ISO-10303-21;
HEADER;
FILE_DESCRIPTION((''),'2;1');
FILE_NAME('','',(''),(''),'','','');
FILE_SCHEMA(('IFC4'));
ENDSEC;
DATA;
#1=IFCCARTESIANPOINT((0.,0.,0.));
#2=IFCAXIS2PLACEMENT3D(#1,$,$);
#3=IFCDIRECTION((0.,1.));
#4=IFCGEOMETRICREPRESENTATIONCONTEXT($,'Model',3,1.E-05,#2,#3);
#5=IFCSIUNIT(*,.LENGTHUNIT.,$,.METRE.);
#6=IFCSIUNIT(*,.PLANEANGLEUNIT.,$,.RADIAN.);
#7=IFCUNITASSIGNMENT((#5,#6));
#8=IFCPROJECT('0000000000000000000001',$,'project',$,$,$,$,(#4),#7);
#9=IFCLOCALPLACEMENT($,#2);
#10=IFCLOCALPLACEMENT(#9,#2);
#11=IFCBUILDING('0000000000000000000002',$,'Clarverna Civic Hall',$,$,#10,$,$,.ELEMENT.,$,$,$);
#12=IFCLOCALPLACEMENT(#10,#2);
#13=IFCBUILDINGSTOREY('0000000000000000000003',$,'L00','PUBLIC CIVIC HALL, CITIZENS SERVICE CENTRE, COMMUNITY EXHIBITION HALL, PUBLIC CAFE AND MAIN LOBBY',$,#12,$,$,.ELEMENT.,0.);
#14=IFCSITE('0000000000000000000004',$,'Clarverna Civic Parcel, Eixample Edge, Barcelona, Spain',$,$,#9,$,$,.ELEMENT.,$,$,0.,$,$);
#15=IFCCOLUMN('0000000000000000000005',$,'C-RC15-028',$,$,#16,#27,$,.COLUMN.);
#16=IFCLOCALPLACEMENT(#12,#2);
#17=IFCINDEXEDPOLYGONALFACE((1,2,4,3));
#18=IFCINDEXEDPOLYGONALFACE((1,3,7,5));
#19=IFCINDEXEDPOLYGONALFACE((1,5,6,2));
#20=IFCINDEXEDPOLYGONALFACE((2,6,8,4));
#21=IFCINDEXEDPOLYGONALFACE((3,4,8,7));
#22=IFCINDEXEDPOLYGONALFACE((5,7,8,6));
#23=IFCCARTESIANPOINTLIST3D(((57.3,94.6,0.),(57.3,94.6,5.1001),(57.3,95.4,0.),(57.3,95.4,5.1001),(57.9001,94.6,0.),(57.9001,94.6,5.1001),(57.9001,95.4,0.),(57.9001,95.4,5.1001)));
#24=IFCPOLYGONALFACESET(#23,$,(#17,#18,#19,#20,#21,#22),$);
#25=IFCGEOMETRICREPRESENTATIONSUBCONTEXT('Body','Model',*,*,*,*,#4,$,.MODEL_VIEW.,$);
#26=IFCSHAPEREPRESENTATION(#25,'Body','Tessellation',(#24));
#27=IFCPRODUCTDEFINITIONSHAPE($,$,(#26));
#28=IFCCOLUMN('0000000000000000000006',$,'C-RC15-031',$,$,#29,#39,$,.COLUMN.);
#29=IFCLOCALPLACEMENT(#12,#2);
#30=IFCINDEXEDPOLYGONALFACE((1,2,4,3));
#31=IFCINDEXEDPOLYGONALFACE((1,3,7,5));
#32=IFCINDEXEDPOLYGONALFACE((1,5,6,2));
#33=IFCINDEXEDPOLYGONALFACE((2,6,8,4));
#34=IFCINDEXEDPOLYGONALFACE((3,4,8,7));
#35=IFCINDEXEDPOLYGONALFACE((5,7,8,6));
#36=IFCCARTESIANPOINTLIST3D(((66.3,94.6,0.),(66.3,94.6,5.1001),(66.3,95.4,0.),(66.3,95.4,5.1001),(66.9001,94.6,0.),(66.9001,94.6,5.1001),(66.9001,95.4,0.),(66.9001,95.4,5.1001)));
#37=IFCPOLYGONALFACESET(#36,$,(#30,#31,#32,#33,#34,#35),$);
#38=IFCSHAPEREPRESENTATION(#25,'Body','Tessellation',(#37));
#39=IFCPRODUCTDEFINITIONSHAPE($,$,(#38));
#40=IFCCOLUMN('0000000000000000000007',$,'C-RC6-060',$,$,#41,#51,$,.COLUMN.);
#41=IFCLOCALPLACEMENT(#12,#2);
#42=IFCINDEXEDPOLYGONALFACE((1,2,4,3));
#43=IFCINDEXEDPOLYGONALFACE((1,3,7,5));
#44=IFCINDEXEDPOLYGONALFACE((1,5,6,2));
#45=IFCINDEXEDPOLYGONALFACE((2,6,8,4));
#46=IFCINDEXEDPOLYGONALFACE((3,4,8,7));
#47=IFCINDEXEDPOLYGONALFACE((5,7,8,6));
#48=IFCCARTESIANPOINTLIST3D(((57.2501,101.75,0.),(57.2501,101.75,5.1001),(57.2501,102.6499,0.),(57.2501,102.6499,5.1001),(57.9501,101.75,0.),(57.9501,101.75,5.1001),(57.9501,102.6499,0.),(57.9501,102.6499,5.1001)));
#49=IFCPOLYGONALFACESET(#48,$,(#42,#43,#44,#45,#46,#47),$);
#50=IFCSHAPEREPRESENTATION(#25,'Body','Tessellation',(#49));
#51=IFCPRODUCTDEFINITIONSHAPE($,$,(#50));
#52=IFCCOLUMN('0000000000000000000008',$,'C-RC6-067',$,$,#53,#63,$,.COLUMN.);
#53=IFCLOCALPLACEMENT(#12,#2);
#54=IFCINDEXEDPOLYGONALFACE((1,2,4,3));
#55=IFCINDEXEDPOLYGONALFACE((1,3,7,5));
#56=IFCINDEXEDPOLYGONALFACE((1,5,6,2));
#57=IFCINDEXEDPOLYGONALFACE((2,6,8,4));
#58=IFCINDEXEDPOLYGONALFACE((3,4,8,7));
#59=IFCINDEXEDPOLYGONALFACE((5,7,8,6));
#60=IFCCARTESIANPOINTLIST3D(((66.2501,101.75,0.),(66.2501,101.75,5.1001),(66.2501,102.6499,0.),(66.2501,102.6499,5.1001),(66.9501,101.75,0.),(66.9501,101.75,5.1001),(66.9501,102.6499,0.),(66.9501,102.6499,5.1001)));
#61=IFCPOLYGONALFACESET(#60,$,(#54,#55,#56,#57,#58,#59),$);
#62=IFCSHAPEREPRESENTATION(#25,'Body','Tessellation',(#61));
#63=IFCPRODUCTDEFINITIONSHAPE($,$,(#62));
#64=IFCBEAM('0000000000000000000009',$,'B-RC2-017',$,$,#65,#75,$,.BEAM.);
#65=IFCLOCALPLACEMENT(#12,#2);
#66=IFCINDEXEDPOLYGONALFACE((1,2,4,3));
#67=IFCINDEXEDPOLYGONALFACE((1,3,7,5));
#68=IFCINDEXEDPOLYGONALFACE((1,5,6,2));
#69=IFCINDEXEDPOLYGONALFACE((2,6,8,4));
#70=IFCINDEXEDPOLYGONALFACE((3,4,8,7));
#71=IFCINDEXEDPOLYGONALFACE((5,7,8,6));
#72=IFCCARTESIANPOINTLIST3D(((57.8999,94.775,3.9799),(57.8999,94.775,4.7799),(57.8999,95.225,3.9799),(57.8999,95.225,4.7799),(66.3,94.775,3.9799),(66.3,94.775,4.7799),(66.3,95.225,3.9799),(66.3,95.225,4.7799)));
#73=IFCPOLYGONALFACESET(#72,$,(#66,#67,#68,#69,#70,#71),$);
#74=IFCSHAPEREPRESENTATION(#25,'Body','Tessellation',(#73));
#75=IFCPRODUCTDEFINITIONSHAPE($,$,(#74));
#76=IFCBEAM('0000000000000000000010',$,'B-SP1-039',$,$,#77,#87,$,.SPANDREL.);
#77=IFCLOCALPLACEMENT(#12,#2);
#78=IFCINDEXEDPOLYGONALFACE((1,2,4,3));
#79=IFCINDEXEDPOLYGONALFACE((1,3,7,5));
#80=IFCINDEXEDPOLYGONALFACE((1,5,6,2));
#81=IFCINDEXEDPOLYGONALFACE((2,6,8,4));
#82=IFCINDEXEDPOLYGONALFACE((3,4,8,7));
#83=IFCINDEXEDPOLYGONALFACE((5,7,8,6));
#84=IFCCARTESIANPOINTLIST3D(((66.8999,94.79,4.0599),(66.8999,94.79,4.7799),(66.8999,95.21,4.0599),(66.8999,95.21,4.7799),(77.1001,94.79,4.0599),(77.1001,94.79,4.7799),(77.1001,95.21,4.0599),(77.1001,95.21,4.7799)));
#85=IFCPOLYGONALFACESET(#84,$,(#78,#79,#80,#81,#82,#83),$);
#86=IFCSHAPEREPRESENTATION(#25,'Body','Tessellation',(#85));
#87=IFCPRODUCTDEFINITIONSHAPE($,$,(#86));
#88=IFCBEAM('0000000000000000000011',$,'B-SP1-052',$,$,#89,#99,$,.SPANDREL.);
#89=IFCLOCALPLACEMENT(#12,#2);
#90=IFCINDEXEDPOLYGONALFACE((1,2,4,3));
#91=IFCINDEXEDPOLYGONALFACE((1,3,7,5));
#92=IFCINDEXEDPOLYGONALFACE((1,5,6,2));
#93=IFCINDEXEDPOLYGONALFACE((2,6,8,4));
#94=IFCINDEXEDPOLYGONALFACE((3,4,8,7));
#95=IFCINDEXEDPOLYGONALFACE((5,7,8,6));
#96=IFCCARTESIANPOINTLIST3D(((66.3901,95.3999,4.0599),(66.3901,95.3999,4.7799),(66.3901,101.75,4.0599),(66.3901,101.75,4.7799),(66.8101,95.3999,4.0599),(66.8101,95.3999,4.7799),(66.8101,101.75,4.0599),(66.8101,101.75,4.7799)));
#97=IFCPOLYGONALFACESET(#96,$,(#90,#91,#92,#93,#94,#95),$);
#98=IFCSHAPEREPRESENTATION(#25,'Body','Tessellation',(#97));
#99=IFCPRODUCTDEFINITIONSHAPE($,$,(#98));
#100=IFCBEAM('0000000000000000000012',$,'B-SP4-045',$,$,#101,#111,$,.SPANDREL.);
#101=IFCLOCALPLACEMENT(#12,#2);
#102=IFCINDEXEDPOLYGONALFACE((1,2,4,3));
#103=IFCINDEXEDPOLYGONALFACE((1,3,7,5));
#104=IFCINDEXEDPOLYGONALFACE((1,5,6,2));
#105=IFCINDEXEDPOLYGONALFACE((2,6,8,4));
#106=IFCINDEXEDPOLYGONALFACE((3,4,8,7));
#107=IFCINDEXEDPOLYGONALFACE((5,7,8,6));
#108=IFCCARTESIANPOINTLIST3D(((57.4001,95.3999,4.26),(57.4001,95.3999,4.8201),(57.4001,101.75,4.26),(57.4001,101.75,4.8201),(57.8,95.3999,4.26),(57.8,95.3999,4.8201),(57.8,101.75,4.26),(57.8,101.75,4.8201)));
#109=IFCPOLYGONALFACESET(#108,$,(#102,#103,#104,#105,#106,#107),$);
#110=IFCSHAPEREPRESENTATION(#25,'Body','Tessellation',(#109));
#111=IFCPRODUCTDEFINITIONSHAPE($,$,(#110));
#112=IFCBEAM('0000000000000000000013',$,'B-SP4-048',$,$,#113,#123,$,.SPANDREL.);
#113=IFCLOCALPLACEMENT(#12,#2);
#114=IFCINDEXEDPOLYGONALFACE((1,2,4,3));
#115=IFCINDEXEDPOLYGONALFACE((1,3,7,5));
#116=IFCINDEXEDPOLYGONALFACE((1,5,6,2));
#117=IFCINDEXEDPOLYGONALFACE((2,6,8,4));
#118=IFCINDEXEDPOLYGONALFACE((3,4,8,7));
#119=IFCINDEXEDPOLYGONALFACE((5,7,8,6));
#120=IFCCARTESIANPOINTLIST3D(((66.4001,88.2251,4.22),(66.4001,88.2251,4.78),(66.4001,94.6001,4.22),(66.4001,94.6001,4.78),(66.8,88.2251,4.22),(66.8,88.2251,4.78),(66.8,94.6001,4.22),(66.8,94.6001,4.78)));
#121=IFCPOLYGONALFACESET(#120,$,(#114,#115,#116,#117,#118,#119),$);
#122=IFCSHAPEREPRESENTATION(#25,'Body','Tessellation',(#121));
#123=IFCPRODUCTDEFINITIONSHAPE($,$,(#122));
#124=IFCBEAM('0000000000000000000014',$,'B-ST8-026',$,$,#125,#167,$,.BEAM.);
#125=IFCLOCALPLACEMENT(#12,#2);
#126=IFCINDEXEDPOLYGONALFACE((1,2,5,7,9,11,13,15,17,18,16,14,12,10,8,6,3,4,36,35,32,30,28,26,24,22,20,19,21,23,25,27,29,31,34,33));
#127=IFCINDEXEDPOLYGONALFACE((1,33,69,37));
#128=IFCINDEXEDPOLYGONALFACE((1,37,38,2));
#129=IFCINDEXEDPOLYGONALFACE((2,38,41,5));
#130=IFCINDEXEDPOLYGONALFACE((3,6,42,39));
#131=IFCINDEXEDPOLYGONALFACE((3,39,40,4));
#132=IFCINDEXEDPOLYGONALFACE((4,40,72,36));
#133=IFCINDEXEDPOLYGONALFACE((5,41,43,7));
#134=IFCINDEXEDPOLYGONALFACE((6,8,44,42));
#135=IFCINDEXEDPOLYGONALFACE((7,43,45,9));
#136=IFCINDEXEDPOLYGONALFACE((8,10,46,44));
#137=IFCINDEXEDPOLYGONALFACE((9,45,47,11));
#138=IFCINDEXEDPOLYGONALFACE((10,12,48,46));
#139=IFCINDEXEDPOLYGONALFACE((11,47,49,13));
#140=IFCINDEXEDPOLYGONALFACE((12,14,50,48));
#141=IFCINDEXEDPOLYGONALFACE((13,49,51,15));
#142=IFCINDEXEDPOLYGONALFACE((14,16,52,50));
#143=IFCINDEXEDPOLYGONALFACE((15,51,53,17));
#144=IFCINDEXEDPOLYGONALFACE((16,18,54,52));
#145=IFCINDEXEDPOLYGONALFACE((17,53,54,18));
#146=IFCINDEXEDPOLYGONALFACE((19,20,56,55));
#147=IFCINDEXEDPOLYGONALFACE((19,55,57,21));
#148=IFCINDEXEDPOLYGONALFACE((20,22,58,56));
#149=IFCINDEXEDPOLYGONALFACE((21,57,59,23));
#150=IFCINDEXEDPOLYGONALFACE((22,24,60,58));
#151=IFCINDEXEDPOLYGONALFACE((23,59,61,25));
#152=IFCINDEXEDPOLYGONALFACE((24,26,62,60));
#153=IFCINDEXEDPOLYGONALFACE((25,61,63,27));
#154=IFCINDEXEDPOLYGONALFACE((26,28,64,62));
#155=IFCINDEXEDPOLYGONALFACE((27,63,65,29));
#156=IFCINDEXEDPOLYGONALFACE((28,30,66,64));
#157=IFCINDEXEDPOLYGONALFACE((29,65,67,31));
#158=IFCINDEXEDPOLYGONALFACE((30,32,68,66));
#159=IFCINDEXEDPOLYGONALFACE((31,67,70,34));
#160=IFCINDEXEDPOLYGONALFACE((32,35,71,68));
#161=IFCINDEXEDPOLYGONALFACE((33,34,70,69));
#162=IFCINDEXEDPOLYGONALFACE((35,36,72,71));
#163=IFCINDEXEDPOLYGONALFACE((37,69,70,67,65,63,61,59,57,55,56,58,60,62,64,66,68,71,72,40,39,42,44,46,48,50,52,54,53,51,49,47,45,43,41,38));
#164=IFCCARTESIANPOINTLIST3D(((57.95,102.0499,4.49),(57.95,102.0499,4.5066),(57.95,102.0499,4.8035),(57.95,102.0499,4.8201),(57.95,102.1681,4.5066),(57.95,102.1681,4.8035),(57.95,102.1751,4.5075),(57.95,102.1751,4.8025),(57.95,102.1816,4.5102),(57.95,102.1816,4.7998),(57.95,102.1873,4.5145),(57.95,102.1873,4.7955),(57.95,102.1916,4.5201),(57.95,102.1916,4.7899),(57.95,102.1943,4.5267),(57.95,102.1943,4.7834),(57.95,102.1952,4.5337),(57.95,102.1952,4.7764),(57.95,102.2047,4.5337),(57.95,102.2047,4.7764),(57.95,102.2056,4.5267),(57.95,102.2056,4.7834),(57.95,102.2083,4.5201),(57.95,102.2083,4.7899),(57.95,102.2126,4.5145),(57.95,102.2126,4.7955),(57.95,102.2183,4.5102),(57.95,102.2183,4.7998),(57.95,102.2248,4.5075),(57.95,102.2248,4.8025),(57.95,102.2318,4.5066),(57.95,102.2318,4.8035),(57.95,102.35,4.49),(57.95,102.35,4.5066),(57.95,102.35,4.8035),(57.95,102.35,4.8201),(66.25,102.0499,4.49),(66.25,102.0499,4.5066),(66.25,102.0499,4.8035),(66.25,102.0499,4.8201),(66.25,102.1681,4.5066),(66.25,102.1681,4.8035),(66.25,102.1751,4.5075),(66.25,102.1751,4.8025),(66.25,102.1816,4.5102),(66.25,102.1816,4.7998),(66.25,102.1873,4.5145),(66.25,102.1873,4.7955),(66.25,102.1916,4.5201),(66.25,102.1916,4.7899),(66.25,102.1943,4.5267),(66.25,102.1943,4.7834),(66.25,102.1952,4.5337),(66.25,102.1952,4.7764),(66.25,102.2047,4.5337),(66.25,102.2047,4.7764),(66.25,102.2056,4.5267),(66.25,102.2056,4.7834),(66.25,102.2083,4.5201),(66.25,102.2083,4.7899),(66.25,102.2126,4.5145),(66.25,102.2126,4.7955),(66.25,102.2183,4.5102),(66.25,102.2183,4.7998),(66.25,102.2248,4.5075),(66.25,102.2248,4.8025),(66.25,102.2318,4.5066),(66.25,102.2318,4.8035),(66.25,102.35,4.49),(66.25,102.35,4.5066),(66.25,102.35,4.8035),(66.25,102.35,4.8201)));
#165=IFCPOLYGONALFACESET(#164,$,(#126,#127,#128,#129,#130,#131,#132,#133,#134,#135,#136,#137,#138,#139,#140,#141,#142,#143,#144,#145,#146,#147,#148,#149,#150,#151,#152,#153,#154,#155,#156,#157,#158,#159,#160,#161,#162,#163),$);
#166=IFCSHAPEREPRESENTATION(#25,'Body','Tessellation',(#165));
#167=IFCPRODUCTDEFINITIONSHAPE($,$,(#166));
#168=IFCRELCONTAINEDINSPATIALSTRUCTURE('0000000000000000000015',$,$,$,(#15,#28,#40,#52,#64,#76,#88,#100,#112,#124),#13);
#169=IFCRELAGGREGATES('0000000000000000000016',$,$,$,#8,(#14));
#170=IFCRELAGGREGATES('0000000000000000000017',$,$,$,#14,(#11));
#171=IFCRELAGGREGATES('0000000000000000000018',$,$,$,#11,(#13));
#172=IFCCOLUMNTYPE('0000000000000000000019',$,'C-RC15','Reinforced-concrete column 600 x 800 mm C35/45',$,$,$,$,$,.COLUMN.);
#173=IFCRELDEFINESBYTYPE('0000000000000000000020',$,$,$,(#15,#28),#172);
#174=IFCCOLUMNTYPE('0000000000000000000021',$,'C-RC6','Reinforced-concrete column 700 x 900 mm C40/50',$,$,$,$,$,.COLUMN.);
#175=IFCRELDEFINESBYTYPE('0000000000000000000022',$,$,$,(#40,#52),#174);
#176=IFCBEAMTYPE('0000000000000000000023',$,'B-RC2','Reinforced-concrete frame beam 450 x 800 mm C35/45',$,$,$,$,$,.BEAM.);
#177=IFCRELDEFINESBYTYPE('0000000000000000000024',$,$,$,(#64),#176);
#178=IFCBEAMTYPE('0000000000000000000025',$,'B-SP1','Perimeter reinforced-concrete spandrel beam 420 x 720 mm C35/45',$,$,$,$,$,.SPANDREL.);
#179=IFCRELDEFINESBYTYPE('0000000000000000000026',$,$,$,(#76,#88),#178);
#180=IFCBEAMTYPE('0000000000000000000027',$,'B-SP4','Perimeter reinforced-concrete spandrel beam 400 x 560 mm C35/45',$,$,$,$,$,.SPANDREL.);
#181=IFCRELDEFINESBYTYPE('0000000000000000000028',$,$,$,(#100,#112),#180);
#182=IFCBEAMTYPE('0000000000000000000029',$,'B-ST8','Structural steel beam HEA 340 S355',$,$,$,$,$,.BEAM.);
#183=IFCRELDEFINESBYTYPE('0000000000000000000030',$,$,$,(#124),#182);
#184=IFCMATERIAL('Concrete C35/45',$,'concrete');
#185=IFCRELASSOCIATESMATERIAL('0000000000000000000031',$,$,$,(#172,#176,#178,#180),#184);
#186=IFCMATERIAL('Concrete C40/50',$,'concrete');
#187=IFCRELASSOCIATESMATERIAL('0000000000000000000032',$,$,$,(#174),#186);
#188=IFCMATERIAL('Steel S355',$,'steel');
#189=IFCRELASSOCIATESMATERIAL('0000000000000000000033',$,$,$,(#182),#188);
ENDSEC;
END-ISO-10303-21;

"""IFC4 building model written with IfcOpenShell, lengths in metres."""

from ifc_helpers import new_model, si_unit, direction, frame, origin, origin_2d, place, context, subcontext, project, spatial, rectangle, i_section, extrude, material, material_profile, profile_set, type_object, element, save


model = new_model("IFC4")

# Units and contexts
model_context = context("Model", 3, precision=1e-05, world=origin(), true_north=direction((0.0, 1.0)))
body_context = subcontext(model_context, "Body", "Model", "MODEL_VIEW")
ifc_project = project(units=[si_unit("LENGTHUNIT", "METRE"), si_unit("PLANEANGLEUNIT", "RADIAN")], contexts=[model_context])

# Site, building, storey
site_placement = place(None, origin())
site = spatial("IfcSite", under=ifc_project, at=site_placement, Name="Clarverna Civic Parcel, Eixample Edge, Barcelona, Spain", CompositionType="ELEMENT", RefElevation=0.0)
building_placement = place(site_placement, origin())
building = spatial("IfcBuilding", under=site, at=building_placement, Name="Clarverna Civic Hall", CompositionType="ELEMENT")
storey_placement = place(building_placement, origin())
storey = spatial("IfcBuildingStorey", under=building, at=storey_placement, Name="L00", Description="PUBLIC CIVIC HALL, CITIZENS SERVICE CENTRE, COMMUNITY EXHIBITION HALL, PUBLIC CAFE AND MAIN LOBBY", CompositionType="ELEMENT", Elevation=0.0)

# Columns
ifc_material_1 = material(Name="Concrete C35/45", Category="concrete")
ifc_material_profile_1 = material_profile(ifc_material_1, rectangle(XDim=0.6001, YDim=0.8, at=origin_2d()), Name="RC 600x800")
ifc_profile_set_1 = profile_set([ifc_material_profile_1], Name="Concrete C35/45")
column_type_1 = type_object("IfcColumnType", Name="C-RC15", Description="Reinforced-concrete column 600 x 800 mm C35/45", PredefinedType="COLUMN", material=ifc_profile_set_1)
for number, where, z_axis, x_axis, name in (
    (1, (57.6001, 95.0, 0.0), (0.0, 0.0, 1.0), (1.0, 0.0, 0.0), "C-RC15-028"),
    (2, (66.6001, 95.0, 0.0), (0.0, 0.0, 1.0), (1.0, 0.0, 0.0), "C-RC15-031"),
):
    element("IfcColumn", number, at=place(storey_placement, frame(where, z_axis=z_axis, x_axis=x_axis)), inside=storey, type_object=column_type_1, Name=name, PredefinedType="COLUMN", context=body_context, shape_type="SweptSolid", body=[
        extrude(rectangle(XDim=0.6001, YDim=0.8, at=origin_2d()), origin(), (0.0, 0.0, 1.0), 5.1001),
    ])
ifc_material_2 = material(Name="Concrete C40/50", Category="concrete")
ifc_material_profile_2 = material_profile(ifc_material_2, rectangle(XDim=0.7, YDim=0.8999, at=origin_2d()), Name="RC 700x900")
ifc_profile_set_2 = profile_set([ifc_material_profile_2], Name="Concrete C40/50")
column_type_2 = type_object("IfcColumnType", Name="C-RC6", Description="Reinforced-concrete column 700 x 900 mm C40/50", PredefinedType="COLUMN", material=ifc_profile_set_2)
for number, where, z_axis, x_axis, name in (
    (3, (57.6001, 102.2, 0.0), (0.0, 0.0, 1.0), (1.0, 0.0, 0.0), "C-RC6-060"),
    (4, (66.6001, 102.2, 0.0), (0.0, 0.0, 1.0), (1.0, 0.0, 0.0), "C-RC6-067"),
):
    element("IfcColumn", number, at=place(storey_placement, frame(where, z_axis=z_axis, x_axis=x_axis)), inside=storey, type_object=column_type_2, Name=name, PredefinedType="COLUMN", context=body_context, shape_type="SweptSolid", body=[
        extrude(rectangle(XDim=0.7, YDim=0.8999, at=origin_2d()), origin(), (0.0, 0.0, 1.0), 5.1001),
    ])

# Beams
ifc_material_profile_3 = material_profile(ifc_material_1, rectangle(XDim=0.45, YDim=0.8, at=origin_2d()), Name="RC 450x800")
ifc_profile_set_3 = profile_set([ifc_material_profile_3], Name="Concrete C35/45")
beam_type_1 = type_object("IfcBeamType", Name="B-RC2", Description="Reinforced-concrete frame beam 450 x 800 mm C35/45", PredefinedType="BEAM", material=ifc_profile_set_3)
beam_1_placement = place(storey_placement, frame((57.8999, 95.0, 4.3799), z_axis=(1.0, 0.0, 0.0), x_axis=(0.0, 1.0, 0.0)))
element("IfcBeam", 5, at=beam_1_placement, inside=storey, type_object=beam_type_1, Name="B-RC2-017", PredefinedType="BEAM", context=body_context, shape_type="SweptSolid", body=[
    extrude(rectangle(XDim=0.45, YDim=0.8, at=origin_2d()), origin(), (0.0, 0.0, 1.0), 8.4001),
])
ifc_material_profile_4 = material_profile(ifc_material_1, rectangle(XDim=0.4199, YDim=0.72, at=origin_2d()), Name="RC 420x720")
ifc_profile_set_4 = profile_set([ifc_material_profile_4], Name="Concrete C35/45")
beam_type_2 = type_object("IfcBeamType", Name="B-SP1", Description="Perimeter reinforced-concrete spandrel beam 420 x 720 mm C35/45", PredefinedType="SPANDREL", material=ifc_profile_set_4)
beam_2_placement = place(storey_placement, frame((66.8999, 95.0, 4.4199), z_axis=(1.0, 0.0, 0.0), x_axis=(0.0, 1.0, 0.0)))
element("IfcBeam", 6, at=beam_2_placement, inside=storey, type_object=beam_type_2, Name="B-SP1-039", PredefinedType="SPANDREL", context=body_context, shape_type="SweptSolid", body=[
    extrude(rectangle(XDim=0.4199, YDim=0.72, at=origin_2d()), origin(), (0.0, 0.0, 1.0), 10.2002),
])
beam_3_placement = place(storey_placement, frame((66.6001, 95.3999, 4.4199), z_axis=(0.0, 1.0, 0.0), x_axis=(-1.0, 0.0, 0.0)))
element("IfcBeam", 7, at=beam_3_placement, inside=storey, type_object=beam_type_2, Name="B-SP1-052", PredefinedType="SPANDREL", context=body_context, shape_type="SweptSolid", body=[
    extrude(rectangle(XDim=0.4199, YDim=0.72, at=origin_2d()), origin(), (0.0, 0.0, 1.0), 6.3501),
])
ifc_material_profile_5 = material_profile(ifc_material_1, rectangle(XDim=0.3999, YDim=0.5601, at=origin_2d()), Name="RC 400x560")
ifc_profile_set_5 = profile_set([ifc_material_profile_5], Name="Concrete C35/45")
beam_type_3 = type_object("IfcBeamType", Name="B-SP4", Description="Perimeter reinforced-concrete spandrel beam 400 x 560 mm C35/45", PredefinedType="SPANDREL", material=ifc_profile_set_5)
beam_4_placement = place(storey_placement, frame((57.6001, 95.3999, 4.54), z_axis=(0.0, 1.0, 0.0), x_axis=(-1.0, 0.0, 0.0)))
element("IfcBeam", 8, at=beam_4_placement, inside=storey, type_object=beam_type_3, Name="B-SP4-045", PredefinedType="SPANDREL", context=body_context, shape_type="SweptSolid", body=[
    extrude(rectangle(XDim=0.3999, YDim=0.5601, at=origin_2d()), origin(), (0.0, 0.0, 1.0), 6.3501),
])
beam_5_placement = place(storey_placement, frame((66.6001, 88.2251, 4.5), z_axis=(0.0, 1.0, 0.0), x_axis=(-1.0, 0.0, 0.0)))
element("IfcBeam", 9, at=beam_5_placement, inside=storey, type_object=beam_type_3, Name="B-SP4-048", PredefinedType="SPANDREL", context=body_context, shape_type="SweptSolid", body=[
    extrude(rectangle(XDim=0.3999, YDim=0.5601, at=origin_2d()), origin(), (0.0, 0.0, 1.0), 6.375),
])
ifc_material_3 = material(Name="Steel S355", Category="steel")
ifc_material_profile_6 = material_profile(ifc_material_3, i_section(OverallWidth=0.3, OverallDepth=0.3301, WebThickness=0.0095, FlangeThickness=0.0166, FilletRadius=0.0271, at=origin_2d()), Name="HEA 340")
ifc_profile_set_6 = profile_set([ifc_material_profile_6], Name="Steel S355")
beam_type_4 = type_object("IfcBeamType", Name="B-ST8", Description="Structural steel beam HEA 340 S355", PredefinedType="BEAM", material=ifc_profile_set_6)
beam_6_placement = place(storey_placement, frame((57.95, 102.2, 4.655), z_axis=(1.0, 0.0, 0.0), x_axis=(0.0, 1.0, 0.0)))
element("IfcBeam", 10, at=beam_6_placement, inside=storey, type_object=beam_type_4, Name="B-ST8-026", PredefinedType="BEAM", context=body_context, shape_type="SweptSolid", body=[
    extrude(i_section(OverallWidth=0.3, OverallDepth=0.3301, WebThickness=0.0095, FlangeThickness=0.0166, FilletRadius=0.0271, at=origin_2d()), origin(), (0.0, 0.0, 1.0), 8.3),
])

save(model, "model.ifc")
